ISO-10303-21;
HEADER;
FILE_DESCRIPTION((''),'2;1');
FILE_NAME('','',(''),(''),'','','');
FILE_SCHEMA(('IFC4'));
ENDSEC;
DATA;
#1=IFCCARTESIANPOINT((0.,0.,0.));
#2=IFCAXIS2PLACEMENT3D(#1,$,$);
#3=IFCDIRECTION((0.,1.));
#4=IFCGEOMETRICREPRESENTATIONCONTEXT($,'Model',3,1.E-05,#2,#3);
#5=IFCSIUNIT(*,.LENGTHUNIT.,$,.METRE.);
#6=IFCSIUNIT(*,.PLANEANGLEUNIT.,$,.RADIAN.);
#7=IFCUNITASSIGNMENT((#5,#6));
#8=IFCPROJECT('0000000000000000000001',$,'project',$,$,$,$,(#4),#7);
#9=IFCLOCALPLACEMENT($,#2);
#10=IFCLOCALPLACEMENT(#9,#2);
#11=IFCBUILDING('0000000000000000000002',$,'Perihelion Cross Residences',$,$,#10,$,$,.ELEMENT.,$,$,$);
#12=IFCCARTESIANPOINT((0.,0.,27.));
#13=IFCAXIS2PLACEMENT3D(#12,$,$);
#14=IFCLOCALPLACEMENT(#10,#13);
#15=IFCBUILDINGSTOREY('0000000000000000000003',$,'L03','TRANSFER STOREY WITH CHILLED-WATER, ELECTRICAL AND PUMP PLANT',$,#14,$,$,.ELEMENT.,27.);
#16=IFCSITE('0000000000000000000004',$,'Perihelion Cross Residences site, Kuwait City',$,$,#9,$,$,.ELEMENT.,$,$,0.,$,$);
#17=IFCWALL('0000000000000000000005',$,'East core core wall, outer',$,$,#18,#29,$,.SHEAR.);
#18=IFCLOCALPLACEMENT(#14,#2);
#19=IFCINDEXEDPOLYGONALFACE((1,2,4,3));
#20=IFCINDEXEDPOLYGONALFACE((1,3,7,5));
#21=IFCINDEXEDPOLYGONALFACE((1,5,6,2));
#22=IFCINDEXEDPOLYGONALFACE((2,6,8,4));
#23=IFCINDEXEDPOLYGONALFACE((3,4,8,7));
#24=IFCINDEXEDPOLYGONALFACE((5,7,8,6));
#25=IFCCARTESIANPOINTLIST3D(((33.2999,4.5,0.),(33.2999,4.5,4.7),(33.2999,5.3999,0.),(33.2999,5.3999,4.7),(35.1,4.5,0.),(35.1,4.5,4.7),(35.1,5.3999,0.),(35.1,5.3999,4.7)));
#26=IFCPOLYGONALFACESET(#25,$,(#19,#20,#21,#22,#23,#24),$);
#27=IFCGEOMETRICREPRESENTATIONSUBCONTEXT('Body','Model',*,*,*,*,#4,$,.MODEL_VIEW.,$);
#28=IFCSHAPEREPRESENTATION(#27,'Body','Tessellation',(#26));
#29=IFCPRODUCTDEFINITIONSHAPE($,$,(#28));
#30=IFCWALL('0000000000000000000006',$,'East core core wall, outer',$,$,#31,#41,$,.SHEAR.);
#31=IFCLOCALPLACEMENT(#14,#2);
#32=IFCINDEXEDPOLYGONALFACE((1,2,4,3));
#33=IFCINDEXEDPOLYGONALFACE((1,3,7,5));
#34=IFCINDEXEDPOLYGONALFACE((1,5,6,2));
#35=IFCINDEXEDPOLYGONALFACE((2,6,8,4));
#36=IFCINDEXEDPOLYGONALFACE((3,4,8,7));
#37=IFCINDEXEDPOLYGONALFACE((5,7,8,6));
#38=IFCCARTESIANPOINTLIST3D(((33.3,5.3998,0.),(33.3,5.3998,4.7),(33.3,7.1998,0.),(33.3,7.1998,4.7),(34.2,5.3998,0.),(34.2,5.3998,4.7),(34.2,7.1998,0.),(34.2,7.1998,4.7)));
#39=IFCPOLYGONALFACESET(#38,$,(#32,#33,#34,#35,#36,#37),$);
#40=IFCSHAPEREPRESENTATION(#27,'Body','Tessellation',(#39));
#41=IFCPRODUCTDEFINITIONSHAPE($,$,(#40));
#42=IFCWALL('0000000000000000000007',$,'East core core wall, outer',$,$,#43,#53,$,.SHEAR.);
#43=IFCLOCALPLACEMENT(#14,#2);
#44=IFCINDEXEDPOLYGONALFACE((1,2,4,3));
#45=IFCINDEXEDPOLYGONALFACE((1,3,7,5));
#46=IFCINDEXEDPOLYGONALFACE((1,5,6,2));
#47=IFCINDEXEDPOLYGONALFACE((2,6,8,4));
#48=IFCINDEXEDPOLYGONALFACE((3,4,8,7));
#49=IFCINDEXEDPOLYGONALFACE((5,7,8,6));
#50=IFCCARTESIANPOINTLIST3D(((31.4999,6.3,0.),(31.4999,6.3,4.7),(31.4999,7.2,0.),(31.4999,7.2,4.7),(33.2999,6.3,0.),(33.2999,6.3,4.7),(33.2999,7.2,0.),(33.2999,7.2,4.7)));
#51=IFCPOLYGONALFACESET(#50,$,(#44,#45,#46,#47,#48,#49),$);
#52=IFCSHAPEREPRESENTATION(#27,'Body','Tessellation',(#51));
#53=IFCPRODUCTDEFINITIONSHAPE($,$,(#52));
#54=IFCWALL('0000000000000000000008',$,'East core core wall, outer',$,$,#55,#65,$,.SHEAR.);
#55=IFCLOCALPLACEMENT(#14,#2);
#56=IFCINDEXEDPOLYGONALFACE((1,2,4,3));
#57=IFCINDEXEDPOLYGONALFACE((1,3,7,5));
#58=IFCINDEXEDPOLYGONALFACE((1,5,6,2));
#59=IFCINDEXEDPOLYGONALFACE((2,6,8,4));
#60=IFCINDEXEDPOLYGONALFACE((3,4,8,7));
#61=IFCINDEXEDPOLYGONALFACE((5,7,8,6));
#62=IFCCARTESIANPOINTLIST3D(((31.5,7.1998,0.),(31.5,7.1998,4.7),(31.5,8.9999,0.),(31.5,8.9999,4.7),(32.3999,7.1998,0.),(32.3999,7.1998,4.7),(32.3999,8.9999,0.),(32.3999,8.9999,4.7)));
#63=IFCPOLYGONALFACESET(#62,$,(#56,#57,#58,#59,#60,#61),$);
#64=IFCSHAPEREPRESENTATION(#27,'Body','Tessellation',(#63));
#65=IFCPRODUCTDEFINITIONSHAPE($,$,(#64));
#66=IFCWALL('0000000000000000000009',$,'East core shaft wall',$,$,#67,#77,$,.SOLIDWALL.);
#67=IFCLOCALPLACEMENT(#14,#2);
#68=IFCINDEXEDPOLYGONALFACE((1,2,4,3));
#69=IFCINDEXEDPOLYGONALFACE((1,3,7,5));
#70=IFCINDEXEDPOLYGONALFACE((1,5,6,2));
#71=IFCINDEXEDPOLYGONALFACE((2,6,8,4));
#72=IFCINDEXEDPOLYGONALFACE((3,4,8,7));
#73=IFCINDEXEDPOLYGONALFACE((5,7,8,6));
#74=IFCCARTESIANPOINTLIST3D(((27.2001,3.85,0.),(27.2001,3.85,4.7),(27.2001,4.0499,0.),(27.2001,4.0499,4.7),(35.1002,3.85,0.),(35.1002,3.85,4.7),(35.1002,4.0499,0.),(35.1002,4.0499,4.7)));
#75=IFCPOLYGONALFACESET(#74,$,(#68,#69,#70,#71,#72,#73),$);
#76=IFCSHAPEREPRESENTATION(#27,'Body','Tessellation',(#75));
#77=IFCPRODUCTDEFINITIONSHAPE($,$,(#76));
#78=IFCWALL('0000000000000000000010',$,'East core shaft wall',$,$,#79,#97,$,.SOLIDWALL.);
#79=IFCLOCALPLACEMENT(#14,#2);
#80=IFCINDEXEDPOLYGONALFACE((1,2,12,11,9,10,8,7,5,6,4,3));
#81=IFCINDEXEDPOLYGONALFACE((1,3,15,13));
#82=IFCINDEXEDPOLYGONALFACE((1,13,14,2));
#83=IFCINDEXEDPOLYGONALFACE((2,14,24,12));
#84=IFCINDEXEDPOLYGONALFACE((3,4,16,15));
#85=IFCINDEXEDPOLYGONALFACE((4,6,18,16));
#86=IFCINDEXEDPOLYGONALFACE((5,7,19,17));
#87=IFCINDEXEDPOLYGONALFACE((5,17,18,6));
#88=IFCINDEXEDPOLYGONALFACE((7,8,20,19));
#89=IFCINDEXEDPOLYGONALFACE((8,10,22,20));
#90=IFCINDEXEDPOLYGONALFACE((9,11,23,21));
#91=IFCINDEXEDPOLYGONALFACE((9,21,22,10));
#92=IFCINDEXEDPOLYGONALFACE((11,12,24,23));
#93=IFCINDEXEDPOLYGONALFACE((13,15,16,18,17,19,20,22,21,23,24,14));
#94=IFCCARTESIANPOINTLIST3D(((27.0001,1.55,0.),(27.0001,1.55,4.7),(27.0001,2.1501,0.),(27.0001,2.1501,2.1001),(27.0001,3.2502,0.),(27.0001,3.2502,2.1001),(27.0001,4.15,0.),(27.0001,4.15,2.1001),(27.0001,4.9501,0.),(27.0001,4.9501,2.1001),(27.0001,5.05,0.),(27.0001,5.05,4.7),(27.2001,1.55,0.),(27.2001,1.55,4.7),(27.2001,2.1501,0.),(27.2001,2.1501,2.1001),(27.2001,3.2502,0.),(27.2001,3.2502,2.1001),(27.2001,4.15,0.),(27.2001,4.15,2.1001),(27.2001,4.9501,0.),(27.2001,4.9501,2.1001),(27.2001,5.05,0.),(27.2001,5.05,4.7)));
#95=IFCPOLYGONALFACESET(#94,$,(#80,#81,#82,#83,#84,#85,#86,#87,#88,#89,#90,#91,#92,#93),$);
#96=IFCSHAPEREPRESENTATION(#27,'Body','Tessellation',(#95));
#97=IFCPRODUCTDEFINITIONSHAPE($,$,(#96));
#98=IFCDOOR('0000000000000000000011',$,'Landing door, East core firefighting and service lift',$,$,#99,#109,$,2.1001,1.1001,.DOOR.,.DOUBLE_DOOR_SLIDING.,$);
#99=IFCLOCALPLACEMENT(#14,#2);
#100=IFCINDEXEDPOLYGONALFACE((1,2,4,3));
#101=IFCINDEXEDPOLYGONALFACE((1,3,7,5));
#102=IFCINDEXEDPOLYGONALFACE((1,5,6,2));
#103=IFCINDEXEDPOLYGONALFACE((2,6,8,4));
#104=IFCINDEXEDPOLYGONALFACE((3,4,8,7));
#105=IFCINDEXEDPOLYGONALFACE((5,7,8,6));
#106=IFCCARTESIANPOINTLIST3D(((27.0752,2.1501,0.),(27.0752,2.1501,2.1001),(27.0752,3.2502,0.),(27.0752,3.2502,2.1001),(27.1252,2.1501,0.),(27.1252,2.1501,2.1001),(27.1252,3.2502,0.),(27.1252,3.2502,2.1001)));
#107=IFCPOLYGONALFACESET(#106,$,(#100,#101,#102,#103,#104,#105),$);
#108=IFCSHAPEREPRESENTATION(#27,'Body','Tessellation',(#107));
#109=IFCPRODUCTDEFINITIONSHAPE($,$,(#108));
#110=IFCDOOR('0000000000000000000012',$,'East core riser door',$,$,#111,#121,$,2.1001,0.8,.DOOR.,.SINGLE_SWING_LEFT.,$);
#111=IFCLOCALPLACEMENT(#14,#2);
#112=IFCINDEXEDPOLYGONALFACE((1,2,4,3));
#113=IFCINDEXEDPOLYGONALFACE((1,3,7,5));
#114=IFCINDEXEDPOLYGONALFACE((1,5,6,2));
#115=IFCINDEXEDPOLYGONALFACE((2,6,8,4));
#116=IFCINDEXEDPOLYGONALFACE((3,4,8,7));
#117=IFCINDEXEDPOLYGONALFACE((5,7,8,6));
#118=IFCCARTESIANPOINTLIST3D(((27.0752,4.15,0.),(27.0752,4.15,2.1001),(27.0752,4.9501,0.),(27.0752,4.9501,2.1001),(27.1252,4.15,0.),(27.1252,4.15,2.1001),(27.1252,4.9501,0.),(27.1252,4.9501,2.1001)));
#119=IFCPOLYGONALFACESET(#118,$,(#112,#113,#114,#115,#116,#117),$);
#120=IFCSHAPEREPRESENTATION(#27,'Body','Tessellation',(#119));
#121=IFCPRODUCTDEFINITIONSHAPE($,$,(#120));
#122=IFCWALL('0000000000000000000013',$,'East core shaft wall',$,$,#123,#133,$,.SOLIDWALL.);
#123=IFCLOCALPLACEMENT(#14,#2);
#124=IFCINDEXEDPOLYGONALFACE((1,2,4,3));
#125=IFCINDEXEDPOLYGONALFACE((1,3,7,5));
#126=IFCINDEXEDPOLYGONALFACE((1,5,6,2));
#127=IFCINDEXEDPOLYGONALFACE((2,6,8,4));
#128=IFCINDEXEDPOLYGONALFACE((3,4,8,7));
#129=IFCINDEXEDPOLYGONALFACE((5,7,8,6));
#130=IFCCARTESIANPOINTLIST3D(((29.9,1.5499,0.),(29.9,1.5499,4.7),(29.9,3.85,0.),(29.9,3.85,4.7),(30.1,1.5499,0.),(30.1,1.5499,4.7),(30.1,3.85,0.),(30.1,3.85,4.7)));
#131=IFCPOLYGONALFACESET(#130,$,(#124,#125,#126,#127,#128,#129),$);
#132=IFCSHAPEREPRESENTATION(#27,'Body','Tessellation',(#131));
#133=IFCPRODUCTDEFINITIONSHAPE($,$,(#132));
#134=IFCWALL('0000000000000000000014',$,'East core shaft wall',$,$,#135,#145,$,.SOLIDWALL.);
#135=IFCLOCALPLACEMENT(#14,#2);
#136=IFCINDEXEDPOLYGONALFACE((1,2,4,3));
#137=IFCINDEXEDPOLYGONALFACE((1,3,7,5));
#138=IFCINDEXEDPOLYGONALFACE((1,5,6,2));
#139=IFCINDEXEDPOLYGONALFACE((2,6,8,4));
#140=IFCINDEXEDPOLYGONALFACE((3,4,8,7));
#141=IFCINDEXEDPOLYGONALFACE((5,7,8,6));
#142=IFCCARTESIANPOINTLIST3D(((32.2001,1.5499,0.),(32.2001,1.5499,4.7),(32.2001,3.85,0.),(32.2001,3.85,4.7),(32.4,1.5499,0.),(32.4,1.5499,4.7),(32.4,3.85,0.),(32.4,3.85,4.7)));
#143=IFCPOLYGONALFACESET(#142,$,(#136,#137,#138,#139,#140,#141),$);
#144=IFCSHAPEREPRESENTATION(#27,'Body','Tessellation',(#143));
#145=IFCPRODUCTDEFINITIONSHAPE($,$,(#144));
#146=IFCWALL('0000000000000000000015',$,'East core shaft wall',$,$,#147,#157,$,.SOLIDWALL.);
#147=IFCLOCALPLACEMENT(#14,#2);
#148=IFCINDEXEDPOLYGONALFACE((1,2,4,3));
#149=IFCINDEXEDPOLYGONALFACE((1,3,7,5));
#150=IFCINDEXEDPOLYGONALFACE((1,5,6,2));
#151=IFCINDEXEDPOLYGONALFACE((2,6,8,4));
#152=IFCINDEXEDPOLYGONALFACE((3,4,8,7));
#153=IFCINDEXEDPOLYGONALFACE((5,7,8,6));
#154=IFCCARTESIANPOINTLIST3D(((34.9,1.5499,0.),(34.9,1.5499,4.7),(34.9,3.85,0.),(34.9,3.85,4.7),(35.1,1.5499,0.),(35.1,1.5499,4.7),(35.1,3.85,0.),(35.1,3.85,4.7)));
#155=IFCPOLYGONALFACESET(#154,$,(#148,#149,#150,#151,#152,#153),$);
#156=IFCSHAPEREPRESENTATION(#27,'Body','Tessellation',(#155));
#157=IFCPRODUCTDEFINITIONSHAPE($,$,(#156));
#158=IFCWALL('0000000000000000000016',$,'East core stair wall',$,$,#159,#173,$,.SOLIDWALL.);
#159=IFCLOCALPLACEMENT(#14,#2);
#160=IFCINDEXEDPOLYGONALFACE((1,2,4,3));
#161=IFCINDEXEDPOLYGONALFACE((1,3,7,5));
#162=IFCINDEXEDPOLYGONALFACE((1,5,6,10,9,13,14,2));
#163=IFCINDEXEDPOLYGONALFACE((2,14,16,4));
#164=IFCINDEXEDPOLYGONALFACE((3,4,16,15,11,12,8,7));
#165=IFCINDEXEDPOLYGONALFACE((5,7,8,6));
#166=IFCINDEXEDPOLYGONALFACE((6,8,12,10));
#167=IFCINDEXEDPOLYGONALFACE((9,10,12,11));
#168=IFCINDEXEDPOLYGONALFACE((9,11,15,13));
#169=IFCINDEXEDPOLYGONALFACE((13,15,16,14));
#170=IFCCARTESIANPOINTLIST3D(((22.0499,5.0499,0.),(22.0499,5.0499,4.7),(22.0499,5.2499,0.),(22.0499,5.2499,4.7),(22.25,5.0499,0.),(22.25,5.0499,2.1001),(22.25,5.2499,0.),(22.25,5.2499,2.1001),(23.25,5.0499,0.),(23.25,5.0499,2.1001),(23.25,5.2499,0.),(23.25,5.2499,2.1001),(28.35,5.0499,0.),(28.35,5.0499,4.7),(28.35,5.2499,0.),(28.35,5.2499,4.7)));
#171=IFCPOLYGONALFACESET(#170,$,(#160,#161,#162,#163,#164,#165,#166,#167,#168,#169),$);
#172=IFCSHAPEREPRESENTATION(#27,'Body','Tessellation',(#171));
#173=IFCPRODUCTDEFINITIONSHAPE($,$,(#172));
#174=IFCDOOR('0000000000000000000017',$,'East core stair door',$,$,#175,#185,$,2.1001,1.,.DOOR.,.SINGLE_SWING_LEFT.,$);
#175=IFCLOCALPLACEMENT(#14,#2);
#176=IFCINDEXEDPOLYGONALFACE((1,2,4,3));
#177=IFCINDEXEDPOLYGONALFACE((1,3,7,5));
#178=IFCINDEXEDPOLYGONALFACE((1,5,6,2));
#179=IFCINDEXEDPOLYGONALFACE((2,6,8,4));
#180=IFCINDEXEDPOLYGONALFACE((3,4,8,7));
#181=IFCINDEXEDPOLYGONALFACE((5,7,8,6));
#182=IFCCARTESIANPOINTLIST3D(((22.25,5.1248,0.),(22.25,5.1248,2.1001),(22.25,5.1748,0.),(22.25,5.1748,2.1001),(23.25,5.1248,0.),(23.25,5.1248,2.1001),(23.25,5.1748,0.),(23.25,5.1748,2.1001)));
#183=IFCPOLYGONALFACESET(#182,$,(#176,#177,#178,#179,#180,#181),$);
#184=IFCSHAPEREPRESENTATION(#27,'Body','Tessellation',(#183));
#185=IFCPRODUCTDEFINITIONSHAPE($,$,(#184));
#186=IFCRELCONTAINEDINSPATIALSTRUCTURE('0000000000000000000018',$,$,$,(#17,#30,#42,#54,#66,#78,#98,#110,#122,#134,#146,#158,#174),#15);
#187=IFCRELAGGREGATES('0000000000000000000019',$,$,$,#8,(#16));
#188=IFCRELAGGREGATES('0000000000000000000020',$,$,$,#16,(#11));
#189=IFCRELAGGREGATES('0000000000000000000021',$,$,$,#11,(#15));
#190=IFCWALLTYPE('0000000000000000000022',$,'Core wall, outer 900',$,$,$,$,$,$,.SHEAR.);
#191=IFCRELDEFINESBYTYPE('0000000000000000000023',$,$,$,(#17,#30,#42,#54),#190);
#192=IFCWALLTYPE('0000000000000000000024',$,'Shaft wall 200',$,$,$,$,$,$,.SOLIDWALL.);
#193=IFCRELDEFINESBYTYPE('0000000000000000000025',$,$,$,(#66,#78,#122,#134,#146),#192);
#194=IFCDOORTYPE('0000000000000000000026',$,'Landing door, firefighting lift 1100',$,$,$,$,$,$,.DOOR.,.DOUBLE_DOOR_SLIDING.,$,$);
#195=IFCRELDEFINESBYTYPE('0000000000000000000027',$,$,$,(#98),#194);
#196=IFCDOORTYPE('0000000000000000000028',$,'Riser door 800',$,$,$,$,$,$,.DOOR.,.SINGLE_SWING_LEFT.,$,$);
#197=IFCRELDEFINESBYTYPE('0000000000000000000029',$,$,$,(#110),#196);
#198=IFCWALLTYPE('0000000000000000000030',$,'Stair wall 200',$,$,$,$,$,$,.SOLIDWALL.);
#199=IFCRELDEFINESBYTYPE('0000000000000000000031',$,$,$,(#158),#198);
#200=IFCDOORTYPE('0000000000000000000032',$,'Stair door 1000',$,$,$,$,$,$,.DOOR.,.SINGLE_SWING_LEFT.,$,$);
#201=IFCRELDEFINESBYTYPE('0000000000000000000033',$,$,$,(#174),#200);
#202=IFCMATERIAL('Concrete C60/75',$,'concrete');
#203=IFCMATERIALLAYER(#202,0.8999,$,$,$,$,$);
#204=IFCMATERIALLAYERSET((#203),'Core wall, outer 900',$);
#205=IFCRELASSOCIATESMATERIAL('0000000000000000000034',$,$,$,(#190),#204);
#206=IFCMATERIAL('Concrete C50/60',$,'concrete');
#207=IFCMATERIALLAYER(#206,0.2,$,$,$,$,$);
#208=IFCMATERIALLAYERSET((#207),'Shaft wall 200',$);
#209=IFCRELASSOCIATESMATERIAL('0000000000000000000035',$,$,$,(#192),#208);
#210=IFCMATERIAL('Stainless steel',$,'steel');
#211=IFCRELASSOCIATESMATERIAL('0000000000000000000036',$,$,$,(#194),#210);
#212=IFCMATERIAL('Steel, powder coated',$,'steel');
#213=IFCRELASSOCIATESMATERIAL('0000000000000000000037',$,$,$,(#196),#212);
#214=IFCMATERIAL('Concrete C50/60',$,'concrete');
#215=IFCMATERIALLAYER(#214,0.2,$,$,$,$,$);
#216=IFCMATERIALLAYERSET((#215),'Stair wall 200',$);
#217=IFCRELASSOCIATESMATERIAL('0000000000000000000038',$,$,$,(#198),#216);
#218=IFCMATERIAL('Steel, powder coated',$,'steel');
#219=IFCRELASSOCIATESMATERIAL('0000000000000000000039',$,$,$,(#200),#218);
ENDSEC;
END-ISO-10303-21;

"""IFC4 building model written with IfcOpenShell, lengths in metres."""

from ifc_helpers import new_model, si_unit, direction, frame, frame_2d, origin, place, context, subcontext, project, spatial, rectangle, extrude, material, layer, layer_set, type_object, element, fill, save


model = new_model("IFC4")

# Units and contexts
model_context = context("Model", 3, precision=1e-05, world=origin(), true_north=direction((0.0, 1.0)))
body_context = subcontext(model_context, "Body", "Model", "MODEL_VIEW")
ifc_project = project(units=[si_unit("LENGTHUNIT", "METRE"), si_unit("PLANEANGLEUNIT", "RADIAN")], contexts=[model_context])

# Site, building, storey
site_placement = place(None, origin())
site = spatial("IfcSite", under=ifc_project, at=site_placement, Name="Perihelion Cross Residences site, Kuwait City", CompositionType="ELEMENT", RefElevation=0.0)
building_placement = place(site_placement, origin())
building = spatial("IfcBuilding", under=site, at=building_placement, Name="Perihelion Cross Residences", CompositionType="ELEMENT")
storey_placement = place(building_placement, frame((0.0, 0.0, 27.0)))
storey = spatial("IfcBuildingStorey", under=building, at=storey_placement, Name="L03", Description="TRANSFER STOREY WITH CHILLED-WATER, ELECTRICAL AND PUMP PLANT", CompositionType="ELEMENT", Elevation=27.0)

# Walls
ifc_material_1 = material(Name="Concrete C60/75", Category="concrete")
ifc_layer_1 = layer(ifc_material_1, 0.8999)
ifc_layer_set_1 = layer_set([ifc_layer_1], Name="Core wall, outer 900")
wall_type_1 = type_object("IfcWallType", Name="Core wall, outer 900", PredefinedType="SHEAR", material=ifc_layer_set_1)
for number, where, z_axis, x_axis, name in (
    (1, (33.3, 4.95, 0.0), (0.0, 0.0, 1.0), (1.0, 0.0, 0.0), "East core core wall, outer"),
    (2, (33.75, 5.3999, 0.0), (0.0, 0.0, 1.0), (0.0, 1.0, 0.0), "East core core wall, outer"),
    (3, (31.5, 6.75, 0.0), (0.0, 0.0, 1.0), (1.0, 0.0, 0.0), "East core core wall, outer"),
    (4, (31.95, 7.2, 0.0), (0.0, 0.0, 1.0), (0.0, 1.0, 0.0), "East core core wall, outer"),
):
    element("IfcWall", number, at=place(storey_placement, frame(where, z_axis=z_axis, x_axis=x_axis)), inside=storey, type_object=wall_type_1, Name=name, PredefinedType="SHEAR", context=body_context, shape_type="SweptSolid", body=[
        extrude(rectangle(XDim=1.8, YDim=0.8999, at=frame_2d((0.8999, 0.0))), origin(), (0.0, 0.0, 1.0), 4.7),
    ])
ifc_material_2 = material(Name="Concrete C50/60", Category="concrete")
ifc_layer_2 = layer(ifc_material_2, 0.2)
ifc_layer_set_2 = layer_set([ifc_layer_2], Name="Shaft wall 200")
wall_type_2 = type_object("IfcWallType", Name="Shaft wall 200", PredefinedType="SOLIDWALL", material=ifc_layer_set_2)
wall_1_placement = place(storey_placement, frame((27.2, 3.95, 0.0), z_axis=(0.0, 0.0, 1.0), x_axis=(1.0, 0.0, 0.0)))
element("IfcWall", 5, at=wall_1_placement, inside=storey, type_object=wall_type_2, Name="East core shaft wall", PredefinedType="SOLIDWALL", context=body_context, shape_type="SweptSolid", body=[
    extrude(rectangle(XDim=7.9001, YDim=0.2, at=frame_2d((3.9502, 0.0))), origin(), (0.0, 0.0, 1.0), 4.7),
])

# Wall, openings, doors
wall_2_placement = place(storey_placement, frame((27.1001, 1.55, 0.0), z_axis=(0.0, 0.0, 1.0), x_axis=(0.0, 1.0, 0.0)))
wall_2 = element("IfcWall", 6, at=wall_2_placement, inside=storey, type_object=wall_type_2, Name="East core shaft wall", PredefinedType="SOLIDWALL", context=body_context, shape_type="SweptSolid", body=[
    extrude(rectangle(XDim=3.5, YDim=0.2, at=frame_2d((1.75, 0.0))), origin(), (0.0, 0.0, 1.0), 4.7),
])
opening_1_placement = place(wall_2_placement, frame((0.6001, 0.0, 0.0)))
opening_1 = element("IfcOpeningElement", 7, at=opening_1_placement, cuts=wall_2, PredefinedType="OPENING", context=body_context, shape_type="SweptSolid", body=[
    extrude(rectangle(XDim=1.1001, YDim=2.1001, at=frame_2d((0.55, 1.05))), frame((0.0, 0.1099, 0.0), z_axis=(0.0, -1.0, 0.0), x_axis=(1.0, 0.0, 0.0)), (0.0, 0.0, 1.0), 0.22),
])
opening_2_placement = place(wall_2_placement, frame((2.6001, 0.0, 0.0)))
opening_2 = element("IfcOpeningElement", 8, at=opening_2_placement, cuts=wall_2, PredefinedType="OPENING", context=body_context, shape_type="SweptSolid", body=[
    extrude(rectangle(XDim=0.8, YDim=2.1001, at=frame_2d((0.3999, 1.05))), frame((0.0, 0.1099, 0.0), z_axis=(0.0, -1.0, 0.0), x_axis=(1.0, 0.0, 0.0)), (0.0, 0.0, 1.0), 0.22),
])
ifc_material_3 = material(Name="Stainless steel", Category="steel")
door_type_1 = type_object("IfcDoorType", Name="Landing door, firefighting lift 1100", OperationType="DOUBLE_DOOR_SLIDING", PredefinedType="DOOR", material=ifc_material_3)
door_1_placement = place(opening_1_placement, origin())
door_1 = element("IfcDoor", 9, at=door_1_placement, inside=storey, type_object=door_type_1, Name="Landing door, East core firefighting and service lift", OperationType="DOUBLE_DOOR_SLIDING", OverallHeight=2.1001, OverallWidth=1.1001, PredefinedType="DOOR", context=body_context, shape_type="SweptSolid", body=[
    extrude(rectangle(XDim=1.1001, YDim=2.1001, at=frame_2d((0.55, 1.05))), frame((0.0, 0.0249, 0.0), z_axis=(0.0, -1.0, 0.0), x_axis=(1.0, 0.0, 0.0)), (0.0, 0.0, 1.0), 0.05),
])
fill(opening_1, door_1)
ifc_material_4 = material(Name="Steel, powder coated", Category="steel")
door_type_2 = type_object("IfcDoorType", Name="Riser door 800", OperationType="SINGLE_SWING_LEFT", PredefinedType="DOOR", material=ifc_material_4)
door_2_placement = place(opening_2_placement, origin())
door_2 = element("IfcDoor", 10, at=door_2_placement, inside=storey, type_object=door_type_2, Name="East core riser door", OperationType="SINGLE_SWING_LEFT", OverallHeight=2.1001, OverallWidth=0.8, PredefinedType="DOOR", context=body_context, shape_type="SweptSolid", body=[
    extrude(rectangle(XDim=0.8, YDim=2.1001, at=frame_2d((0.3999, 1.05))), frame((0.0, 0.0249, 0.0), z_axis=(0.0, -1.0, 0.0), x_axis=(1.0, 0.0, 0.0)), (0.0, 0.0, 1.0), 0.05),
])
fill(opening_2, door_2)

# Walls
for number, where, z_axis, x_axis, name in (
    (11, (30.0, 1.55, 0.0), (0.0, 0.0, 1.0), (0.0, 1.0, 0.0), "East core shaft wall"),
    (12, (32.3, 1.55, 0.0), (0.0, 0.0, 1.0), (0.0, 1.0, 0.0), "East core shaft wall"),
    (13, (35.0, 1.55, 0.0), (0.0, 0.0, 1.0), (0.0, 1.0, 0.0), "East core shaft wall"),
):
    element("IfcWall", number, at=place(storey_placement, frame(where, z_axis=z_axis, x_axis=x_axis)), inside=storey, type_object=wall_type_2, Name=name, PredefinedType="SOLIDWALL", context=body_context, shape_type="SweptSolid", body=[
        extrude(rectangle(XDim=2.3, YDim=0.2, at=frame_2d((1.1499, 0.0))), origin(), (0.0, 0.0, 1.0), 4.7),
    ])

# Wall, opening, door
ifc_material_5 = material(Name="Concrete C50/60", Category="concrete")
ifc_layer_3 = layer(ifc_material_5, 0.2)
ifc_layer_set_3 = layer_set([ifc_layer_3], Name="Stair wall 200")
wall_type_3 = type_object("IfcWallType", Name="Stair wall 200", PredefinedType="SOLIDWALL", material=ifc_layer_set_3)
wall_3_placement = place(storey_placement, frame((22.05, 5.1499, 0.0), z_axis=(0.0, 0.0, 1.0), x_axis=(1.0, 0.0, 0.0)))
wall_3 = element("IfcWall", 14, at=wall_3_placement, inside=storey, type_object=wall_type_3, Name="East core stair wall", PredefinedType="SOLIDWALL", context=body_context, shape_type="SweptSolid", body=[
    extrude(rectangle(XDim=6.3, YDim=0.2, at=frame_2d((3.1499, 0.0))), origin(), (0.0, 0.0, 1.0), 4.7),
])
opening_3_placement = place(wall_3_placement, frame((0.2, 0.0, 0.0)))
opening_3 = element("IfcOpeningElement", 15, at=opening_3_placement, cuts=wall_3, PredefinedType="OPENING", context=body_context, shape_type="SweptSolid", body=[
    extrude(rectangle(XDim=1.0, YDim=2.1001, at=frame_2d((0.5, 1.05))), frame((0.0, 0.1099, 0.0), z_axis=(0.0, -1.0, 0.0), x_axis=(1.0, 0.0, 0.0)), (0.0, 0.0, 1.0), 0.22),
])
ifc_material_6 = material(Name="Steel, powder coated", Category="steel")
door_type_3 = type_object("IfcDoorType", Name="Stair door 1000", OperationType="SINGLE_SWING_LEFT", PredefinedType="DOOR", material=ifc_material_6)
door_3_placement = place(opening_3_placement, origin())
door_3 = element("IfcDoor", 16, at=door_3_placement, inside=storey, type_object=door_type_3, Name="East core stair door", OperationType="SINGLE_SWING_LEFT", OverallHeight=2.1001, OverallWidth=1.0, PredefinedType="DOOR", context=body_context, shape_type="SweptSolid", body=[
    extrude(rectangle(XDim=1.0, YDim=2.1001, at=frame_2d((0.5, 1.05))), frame((0.0, 0.0249, 0.0), z_axis=(0.0, -1.0, 0.0), x_axis=(1.0, 0.0, 0.0)), (0.0, 0.0, 1.0), 0.05),
])
fill(opening_3, door_3)

save(model, "model.ifc")
